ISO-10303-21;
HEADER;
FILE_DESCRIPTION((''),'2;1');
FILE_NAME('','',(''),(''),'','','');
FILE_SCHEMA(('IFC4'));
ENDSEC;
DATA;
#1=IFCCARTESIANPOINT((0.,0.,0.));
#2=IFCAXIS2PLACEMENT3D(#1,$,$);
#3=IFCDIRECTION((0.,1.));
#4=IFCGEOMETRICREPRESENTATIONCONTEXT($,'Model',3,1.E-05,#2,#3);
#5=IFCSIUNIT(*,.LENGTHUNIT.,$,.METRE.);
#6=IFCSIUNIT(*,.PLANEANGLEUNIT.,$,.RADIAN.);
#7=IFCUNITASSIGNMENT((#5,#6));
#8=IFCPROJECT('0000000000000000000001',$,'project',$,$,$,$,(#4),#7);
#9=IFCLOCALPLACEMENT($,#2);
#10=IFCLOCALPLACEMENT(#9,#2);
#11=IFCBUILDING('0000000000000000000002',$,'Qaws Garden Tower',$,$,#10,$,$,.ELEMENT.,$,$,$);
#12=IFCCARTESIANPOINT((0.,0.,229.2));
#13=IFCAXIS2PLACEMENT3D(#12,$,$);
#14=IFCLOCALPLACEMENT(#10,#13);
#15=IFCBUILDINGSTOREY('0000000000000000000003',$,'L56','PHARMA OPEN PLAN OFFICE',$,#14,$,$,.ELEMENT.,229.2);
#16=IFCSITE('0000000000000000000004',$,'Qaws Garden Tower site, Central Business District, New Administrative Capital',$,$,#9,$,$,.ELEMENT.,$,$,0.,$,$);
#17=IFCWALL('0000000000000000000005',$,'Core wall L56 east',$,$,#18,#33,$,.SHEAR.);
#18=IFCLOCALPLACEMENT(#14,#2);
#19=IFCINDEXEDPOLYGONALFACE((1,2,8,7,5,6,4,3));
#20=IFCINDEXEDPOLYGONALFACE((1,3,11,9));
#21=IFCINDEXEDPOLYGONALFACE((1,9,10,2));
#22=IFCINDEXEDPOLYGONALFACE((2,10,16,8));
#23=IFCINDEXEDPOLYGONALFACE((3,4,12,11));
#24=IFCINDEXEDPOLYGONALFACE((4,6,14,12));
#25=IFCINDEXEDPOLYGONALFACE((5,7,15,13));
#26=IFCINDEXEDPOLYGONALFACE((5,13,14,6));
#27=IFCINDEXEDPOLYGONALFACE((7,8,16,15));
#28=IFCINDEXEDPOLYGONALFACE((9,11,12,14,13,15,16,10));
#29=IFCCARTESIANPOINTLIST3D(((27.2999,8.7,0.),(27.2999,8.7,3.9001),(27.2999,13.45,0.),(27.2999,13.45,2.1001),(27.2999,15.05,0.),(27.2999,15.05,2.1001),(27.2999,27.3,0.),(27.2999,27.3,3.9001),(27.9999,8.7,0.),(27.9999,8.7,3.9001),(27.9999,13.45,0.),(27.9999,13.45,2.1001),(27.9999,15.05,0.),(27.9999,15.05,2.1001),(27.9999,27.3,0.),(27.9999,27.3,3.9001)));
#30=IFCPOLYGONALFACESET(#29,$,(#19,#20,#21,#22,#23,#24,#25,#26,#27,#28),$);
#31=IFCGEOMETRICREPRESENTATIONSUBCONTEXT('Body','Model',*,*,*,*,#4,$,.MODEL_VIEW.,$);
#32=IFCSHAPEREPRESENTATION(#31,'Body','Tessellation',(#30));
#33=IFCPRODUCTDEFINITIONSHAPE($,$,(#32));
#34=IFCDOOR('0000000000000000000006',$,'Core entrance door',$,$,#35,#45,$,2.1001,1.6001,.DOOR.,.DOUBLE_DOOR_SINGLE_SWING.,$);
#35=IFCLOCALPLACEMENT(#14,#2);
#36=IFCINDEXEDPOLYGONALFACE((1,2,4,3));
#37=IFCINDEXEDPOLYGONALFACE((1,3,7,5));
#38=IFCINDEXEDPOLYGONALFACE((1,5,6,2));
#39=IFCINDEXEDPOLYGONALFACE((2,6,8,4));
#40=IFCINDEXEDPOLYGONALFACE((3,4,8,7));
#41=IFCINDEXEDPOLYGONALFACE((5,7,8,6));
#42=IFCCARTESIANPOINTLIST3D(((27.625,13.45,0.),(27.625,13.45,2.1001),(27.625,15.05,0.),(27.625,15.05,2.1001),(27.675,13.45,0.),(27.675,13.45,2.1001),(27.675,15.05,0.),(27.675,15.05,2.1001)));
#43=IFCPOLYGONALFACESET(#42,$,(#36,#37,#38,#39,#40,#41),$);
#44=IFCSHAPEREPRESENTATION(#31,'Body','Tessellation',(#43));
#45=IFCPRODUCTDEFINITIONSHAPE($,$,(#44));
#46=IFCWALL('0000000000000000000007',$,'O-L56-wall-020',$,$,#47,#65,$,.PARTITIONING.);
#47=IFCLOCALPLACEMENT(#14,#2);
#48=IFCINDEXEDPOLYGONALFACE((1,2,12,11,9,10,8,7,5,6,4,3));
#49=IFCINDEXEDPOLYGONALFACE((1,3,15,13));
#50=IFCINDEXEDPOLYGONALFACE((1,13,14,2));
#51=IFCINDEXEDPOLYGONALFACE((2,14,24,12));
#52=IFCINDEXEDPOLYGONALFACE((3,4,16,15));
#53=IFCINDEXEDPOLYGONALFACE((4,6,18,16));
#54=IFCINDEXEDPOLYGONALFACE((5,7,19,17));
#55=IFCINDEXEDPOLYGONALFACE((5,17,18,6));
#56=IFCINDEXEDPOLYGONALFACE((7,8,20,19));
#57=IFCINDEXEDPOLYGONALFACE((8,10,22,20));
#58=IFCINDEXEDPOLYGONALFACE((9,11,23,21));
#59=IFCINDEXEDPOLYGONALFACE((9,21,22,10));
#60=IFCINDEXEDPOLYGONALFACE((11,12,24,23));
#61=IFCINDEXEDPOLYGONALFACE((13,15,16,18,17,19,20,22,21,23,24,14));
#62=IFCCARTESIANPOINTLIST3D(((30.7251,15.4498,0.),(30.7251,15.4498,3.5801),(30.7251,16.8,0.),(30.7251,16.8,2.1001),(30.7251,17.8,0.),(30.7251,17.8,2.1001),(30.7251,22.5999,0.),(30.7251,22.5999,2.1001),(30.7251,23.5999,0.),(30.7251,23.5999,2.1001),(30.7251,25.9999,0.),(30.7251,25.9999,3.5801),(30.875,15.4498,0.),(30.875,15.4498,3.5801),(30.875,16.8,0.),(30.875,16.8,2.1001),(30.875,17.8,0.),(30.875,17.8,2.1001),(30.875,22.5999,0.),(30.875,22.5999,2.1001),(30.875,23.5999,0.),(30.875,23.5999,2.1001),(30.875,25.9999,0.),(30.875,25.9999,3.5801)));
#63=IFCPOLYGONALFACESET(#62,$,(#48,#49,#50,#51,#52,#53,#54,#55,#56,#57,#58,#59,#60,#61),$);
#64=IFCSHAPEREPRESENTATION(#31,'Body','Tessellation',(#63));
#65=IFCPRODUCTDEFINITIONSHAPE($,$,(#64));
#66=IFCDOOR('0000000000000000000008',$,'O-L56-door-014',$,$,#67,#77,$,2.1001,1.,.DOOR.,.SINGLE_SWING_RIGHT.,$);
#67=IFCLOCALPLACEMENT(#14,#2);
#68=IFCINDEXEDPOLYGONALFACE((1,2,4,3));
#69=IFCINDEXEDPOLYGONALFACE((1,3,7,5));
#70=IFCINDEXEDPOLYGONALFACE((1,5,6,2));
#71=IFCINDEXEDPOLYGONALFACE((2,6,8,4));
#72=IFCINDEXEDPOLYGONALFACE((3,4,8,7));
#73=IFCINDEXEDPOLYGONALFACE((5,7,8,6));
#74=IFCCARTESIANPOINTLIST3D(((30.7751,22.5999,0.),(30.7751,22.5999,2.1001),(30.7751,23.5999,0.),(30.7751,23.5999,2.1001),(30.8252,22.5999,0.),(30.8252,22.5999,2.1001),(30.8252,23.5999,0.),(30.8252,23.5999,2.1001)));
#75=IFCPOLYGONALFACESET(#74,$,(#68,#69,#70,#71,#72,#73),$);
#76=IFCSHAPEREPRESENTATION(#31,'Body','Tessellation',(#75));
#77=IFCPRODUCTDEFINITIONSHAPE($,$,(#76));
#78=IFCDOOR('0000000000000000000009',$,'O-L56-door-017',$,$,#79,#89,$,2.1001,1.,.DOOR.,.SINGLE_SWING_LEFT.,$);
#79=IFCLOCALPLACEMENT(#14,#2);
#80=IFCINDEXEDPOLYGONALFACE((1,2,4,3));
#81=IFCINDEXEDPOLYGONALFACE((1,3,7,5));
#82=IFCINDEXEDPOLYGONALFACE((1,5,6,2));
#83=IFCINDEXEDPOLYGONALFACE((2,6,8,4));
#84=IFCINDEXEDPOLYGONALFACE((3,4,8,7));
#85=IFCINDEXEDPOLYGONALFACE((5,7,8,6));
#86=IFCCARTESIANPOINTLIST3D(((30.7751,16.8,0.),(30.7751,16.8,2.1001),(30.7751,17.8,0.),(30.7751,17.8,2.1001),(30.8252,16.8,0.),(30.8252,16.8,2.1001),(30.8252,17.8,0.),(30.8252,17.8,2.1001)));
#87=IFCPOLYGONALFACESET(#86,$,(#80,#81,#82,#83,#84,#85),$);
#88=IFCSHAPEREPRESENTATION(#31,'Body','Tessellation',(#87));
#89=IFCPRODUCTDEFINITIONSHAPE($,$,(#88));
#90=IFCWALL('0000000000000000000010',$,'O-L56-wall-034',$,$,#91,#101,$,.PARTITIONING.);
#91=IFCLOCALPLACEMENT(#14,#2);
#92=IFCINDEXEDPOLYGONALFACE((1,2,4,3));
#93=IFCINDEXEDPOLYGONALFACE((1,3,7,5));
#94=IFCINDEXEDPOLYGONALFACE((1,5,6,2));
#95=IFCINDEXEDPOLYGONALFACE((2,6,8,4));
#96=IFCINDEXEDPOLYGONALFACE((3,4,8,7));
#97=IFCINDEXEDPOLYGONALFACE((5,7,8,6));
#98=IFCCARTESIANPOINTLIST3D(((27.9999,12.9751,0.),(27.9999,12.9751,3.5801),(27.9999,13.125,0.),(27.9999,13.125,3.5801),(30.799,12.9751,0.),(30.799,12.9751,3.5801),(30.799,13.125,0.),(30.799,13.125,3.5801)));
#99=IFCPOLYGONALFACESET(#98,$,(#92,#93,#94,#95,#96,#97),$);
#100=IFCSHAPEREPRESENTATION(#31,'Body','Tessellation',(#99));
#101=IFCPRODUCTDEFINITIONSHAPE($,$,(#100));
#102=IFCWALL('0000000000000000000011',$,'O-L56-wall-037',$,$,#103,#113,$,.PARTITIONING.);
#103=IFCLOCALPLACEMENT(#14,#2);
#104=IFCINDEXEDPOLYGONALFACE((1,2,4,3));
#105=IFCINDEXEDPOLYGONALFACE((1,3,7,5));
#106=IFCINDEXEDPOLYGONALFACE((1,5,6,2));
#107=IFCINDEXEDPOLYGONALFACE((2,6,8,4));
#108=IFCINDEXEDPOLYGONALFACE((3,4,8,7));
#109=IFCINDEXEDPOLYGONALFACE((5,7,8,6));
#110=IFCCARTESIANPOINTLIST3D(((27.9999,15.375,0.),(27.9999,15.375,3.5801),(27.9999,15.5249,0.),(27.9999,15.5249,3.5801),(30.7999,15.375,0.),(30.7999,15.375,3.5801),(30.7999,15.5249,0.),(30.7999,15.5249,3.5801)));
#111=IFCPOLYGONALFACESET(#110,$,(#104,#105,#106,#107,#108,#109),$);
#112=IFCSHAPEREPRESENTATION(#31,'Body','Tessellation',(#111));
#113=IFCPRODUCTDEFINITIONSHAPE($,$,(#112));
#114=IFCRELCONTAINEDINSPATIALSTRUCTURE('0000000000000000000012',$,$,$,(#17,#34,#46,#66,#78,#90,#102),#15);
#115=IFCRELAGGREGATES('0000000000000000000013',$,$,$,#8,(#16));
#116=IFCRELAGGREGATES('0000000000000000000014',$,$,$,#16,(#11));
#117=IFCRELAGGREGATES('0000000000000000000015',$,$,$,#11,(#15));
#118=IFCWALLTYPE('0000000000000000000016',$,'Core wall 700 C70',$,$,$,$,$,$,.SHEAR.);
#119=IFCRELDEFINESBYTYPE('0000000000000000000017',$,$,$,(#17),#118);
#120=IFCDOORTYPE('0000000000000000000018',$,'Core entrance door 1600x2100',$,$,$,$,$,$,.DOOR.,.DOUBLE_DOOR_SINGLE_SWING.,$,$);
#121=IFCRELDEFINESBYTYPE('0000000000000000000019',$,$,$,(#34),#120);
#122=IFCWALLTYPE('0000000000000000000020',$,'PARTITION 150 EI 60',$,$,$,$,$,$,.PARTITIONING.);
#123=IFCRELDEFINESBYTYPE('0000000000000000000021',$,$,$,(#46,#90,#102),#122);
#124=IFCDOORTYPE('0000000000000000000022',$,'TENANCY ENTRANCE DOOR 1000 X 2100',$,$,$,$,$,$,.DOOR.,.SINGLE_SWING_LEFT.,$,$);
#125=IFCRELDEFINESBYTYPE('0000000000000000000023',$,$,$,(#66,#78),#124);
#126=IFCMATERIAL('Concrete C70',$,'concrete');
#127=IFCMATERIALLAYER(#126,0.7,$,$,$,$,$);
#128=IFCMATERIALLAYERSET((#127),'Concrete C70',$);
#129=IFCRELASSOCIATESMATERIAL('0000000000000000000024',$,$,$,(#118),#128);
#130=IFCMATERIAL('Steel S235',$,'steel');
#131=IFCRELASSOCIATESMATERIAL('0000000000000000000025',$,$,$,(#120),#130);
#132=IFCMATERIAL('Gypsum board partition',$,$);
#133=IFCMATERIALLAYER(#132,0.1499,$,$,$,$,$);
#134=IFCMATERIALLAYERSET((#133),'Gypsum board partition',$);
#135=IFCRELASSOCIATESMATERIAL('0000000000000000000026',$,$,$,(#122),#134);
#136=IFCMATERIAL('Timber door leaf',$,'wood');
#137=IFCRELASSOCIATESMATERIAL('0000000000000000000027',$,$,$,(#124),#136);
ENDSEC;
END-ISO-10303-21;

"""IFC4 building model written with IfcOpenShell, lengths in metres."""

from ifc_helpers import new_model, si_unit, direction, frame, frame_2d, origin, place, context, subcontext, project, spatial, rectangle, extrude, material, layer, layer_set, type_object, element, fill, save


model = new_model("IFC4")

# Units and contexts
model_context = context("Model", 3, precision=1e-05, world=origin(), true_north=direction((0.0, 1.0)))
body_context = subcontext(model_context, "Body", "Model", "MODEL_VIEW")
ifc_project = project(units=[si_unit("LENGTHUNIT", "METRE"), si_unit("PLANEANGLEUNIT", "RADIAN")], contexts=[model_context])

# Site, building, storey
site_placement = place(None, origin())
site = spatial("IfcSite", under=ifc_project, at=site_placement, Name="Qaws Garden Tower site, Central Business District, New Administrative Capital", CompositionType="ELEMENT", RefElevation=0.0)
building_placement = place(site_placement, origin())
building = spatial("IfcBuilding", under=site, at=building_placement, Name="Qaws Garden Tower", CompositionType="ELEMENT")
storey_placement = place(building_placement, frame((0.0, 0.0, 229.2)))
storey = spatial("IfcBuildingStorey", under=building, at=storey_placement, Name="L56", Description="PHARMA OPEN PLAN OFFICE", CompositionType="ELEMENT", Elevation=229.2)

# Wall, opening, door
ifc_material_1 = material(Name="Concrete C70", Category="concrete")
ifc_layer_1 = layer(ifc_material_1, 0.7)
ifc_layer_set_1 = layer_set([ifc_layer_1], Name="Concrete C70")
wall_type_1 = type_object("IfcWallType", Name="Core wall 700 C70", PredefinedType="SHEAR", material=ifc_layer_set_1)
wall_1_placement = place(storey_placement, frame((27.6499, 8.7, 0.0), z_axis=(0.0, 0.0, 1.0), x_axis=(0.0, 1.0, 0.0)))
wall_1 = element("IfcWall", 1, at=wall_1_placement, inside=storey, type_object=wall_type_1, Name="Core wall L56 east", PredefinedType="SHEAR", context=body_context, shape_type="SweptSolid", body=[
    extrude(rectangle(XDim=18.6001, YDim=0.7, at=frame_2d((9.3, 0.0))), origin(), (0.0, 0.0, 1.0), 3.9001),
])
opening_1_placement = place(wall_1_placement, frame((4.75, 0.0, 0.0)))
opening_1 = element("IfcOpeningElement", 2, at=opening_1_placement, cuts=wall_1, PredefinedType="OPENING", context=body_context, shape_type="SweptSolid", body=[
    extrude(rectangle(XDim=1.6001, YDim=2.1001, at=frame_2d((0.8, 1.05))), frame((0.0, 0.3599, 0.0), z_axis=(0.0, -1.0, 0.0), x_axis=(1.0, 0.0, 0.0)), (0.0, 0.0, 1.0), 0.72),
])
ifc_material_2 = material(Name="Steel S235", Category="steel")
door_type_1 = type_object("IfcDoorType", Name="Core entrance door 1600x2100", OperationType="DOUBLE_DOOR_SINGLE_SWING", PredefinedType="DOOR", material=ifc_material_2)
door_1_placement = place(opening_1_placement, origin())
door_1 = element("IfcDoor", 3, at=door_1_placement, inside=storey, type_object=door_type_1, Name="Core entrance door", OperationType="DOUBLE_DOOR_SINGLE_SWING", OverallHeight=2.1001, OverallWidth=1.6001, PredefinedType="DOOR", context=body_context, shape_type="SweptSolid", body=[
    extrude(rectangle(XDim=1.6001, YDim=2.1001, at=frame_2d((0.8, 1.05))), frame((0.0, 0.0249, 0.0), z_axis=(0.0, -1.0, 0.0), x_axis=(1.0, 0.0, 0.0)), (0.0, 0.0, 1.0), 0.05),
])
fill(opening_1, door_1)

# Wall, openings, doors
ifc_material_3 = material(Name="Gypsum board partition")
ifc_layer_2 = layer(ifc_material_3, 0.1499)
ifc_layer_set_2 = layer_set([ifc_layer_2], Name="Gypsum board partition")
wall_type_2 = type_object("IfcWallType", Name="PARTITION 150 EI 60", PredefinedType="PARTITIONING", material=ifc_layer_set_2)
wall_2_placement = place(storey_placement, frame((30.8, 15.45, 0.0), z_axis=(0.0, 0.0, 1.0), x_axis=(0.0, 1.0, 0.0)))
wall_2 = element("IfcWall", 4, at=wall_2_placement, inside=storey, type_object=wall_type_2, Name="O-L56-wall-020", PredefinedType="PARTITIONING", context=body_context, shape_type="SweptSolid", body=[
    extrude(rectangle(XDim=10.55, YDim=0.1499, at=frame_2d((5.2749, 0.0))), origin(), (0.0, 0.0, 1.0), 3.5801),
])
opening_2_placement = place(wall_2_placement, frame((7.1499, 0.0, 0.0)))
opening_2 = element("IfcOpeningElement", 5, at=opening_2_placement, cuts=wall_2, PredefinedType="OPENING", context=body_context, shape_type="SweptSolid", body=[
    extrude(rectangle(XDim=1.0, YDim=2.1001, at=frame_2d((0.5, 1.05))), frame((0.0, 0.085, 0.0), z_axis=(0.0, -1.0, 0.0), x_axis=(1.0, 0.0, 0.0)), (0.0, 0.0, 1.0), 0.1699),
])
opening_3_placement = place(wall_2_placement, frame((1.3501, 0.0, 0.0)))
opening_3 = element("IfcOpeningElement", 6, at=opening_3_placement, cuts=wall_2, PredefinedType="OPENING", context=body_context, shape_type="SweptSolid", body=[
    extrude(rectangle(XDim=1.0, YDim=2.1001, at=frame_2d((0.5, 1.05))), frame((0.0, 0.085, 0.0), z_axis=(0.0, -1.0, 0.0), x_axis=(1.0, 0.0, 0.0)), (0.0, 0.0, 1.0), 0.1699),
])
ifc_material_4 = material(Name="Timber door leaf", Category="wood")
door_type_2 = type_object("IfcDoorType", Name="TENANCY ENTRANCE DOOR 1000 X 2100", OperationType="SINGLE_SWING_LEFT", PredefinedType="DOOR", material=ifc_material_4)
door_2_placement = place(opening_2_placement, origin())
door_2 = element("IfcDoor", 7, at=door_2_placement, inside=storey, type_object=door_type_2, Name="O-L56-door-014", OperationType="SINGLE_SWING_RIGHT", OverallHeight=2.1001, OverallWidth=1.0, PredefinedType="DOOR", context=body_context, shape_type="SweptSolid", body=[
    extrude(rectangle(XDim=1.0, YDim=2.1001, at=frame_2d((0.5, 1.05))), frame((0.0, 0.0249, 0.0), z_axis=(0.0, -1.0, 0.0), x_axis=(1.0, 0.0, 0.0)), (0.0, 0.0, 1.0), 0.05),
])
fill(opening_2, door_2)
door_3_placement = place(opening_3_placement, origin())
door_3 = element("IfcDoor", 8, at=door_3_placement, inside=storey, type_object=door_type_2, Name="O-L56-door-017", OperationType="SINGLE_SWING_LEFT", OverallHeight=2.1001, OverallWidth=1.0, PredefinedType="DOOR", context=body_context, shape_type="SweptSolid", body=[
    extrude(rectangle(XDim=1.0, YDim=2.1001, at=frame_2d((0.5, 1.05))), frame((0.0, 0.0249, 0.0), z_axis=(0.0, -1.0, 0.0), x_axis=(1.0, 0.0, 0.0)), (0.0, 0.0, 1.0), 0.05),
])
fill(opening_3, door_3)

# Walls
wall_3_placement = place(storey_placement, frame((28.0, 13.05, 0.0), z_axis=(0.0, 0.0, 1.0), x_axis=(1.0, 0.0, 0.0)))
element("IfcWall", 9, at=wall_3_placement, inside=storey, type_object=wall_type_2, Name="O-L56-wall-034", PredefinedType="PARTITIONING", context=body_context, shape_type="SweptSolid", body=[
    extrude(rectangle(XDim=2.7991, YDim=0.1499, at=frame_2d((1.3994, 0.0))), origin(), (0.0, 0.0, 1.0), 3.5801),
])
wall_4_placement = place(storey_placement, frame((28.0, 15.45, 0.0), z_axis=(0.0, 0.0, 1.0), x_axis=(1.0, 0.0, 0.0)))
element("IfcWall", 10, at=wall_4_placement, inside=storey, type_object=wall_type_2, Name="O-L56-wall-037", PredefinedType="PARTITIONING", context=body_context, shape_type="SweptSolid", body=[
    extrude(rectangle(XDim=2.8, YDim=0.1499, at=frame_2d((1.3999, 0.0))), origin(), (0.0, 0.0, 1.0), 3.5801),
])

save(model, "model.ifc")
